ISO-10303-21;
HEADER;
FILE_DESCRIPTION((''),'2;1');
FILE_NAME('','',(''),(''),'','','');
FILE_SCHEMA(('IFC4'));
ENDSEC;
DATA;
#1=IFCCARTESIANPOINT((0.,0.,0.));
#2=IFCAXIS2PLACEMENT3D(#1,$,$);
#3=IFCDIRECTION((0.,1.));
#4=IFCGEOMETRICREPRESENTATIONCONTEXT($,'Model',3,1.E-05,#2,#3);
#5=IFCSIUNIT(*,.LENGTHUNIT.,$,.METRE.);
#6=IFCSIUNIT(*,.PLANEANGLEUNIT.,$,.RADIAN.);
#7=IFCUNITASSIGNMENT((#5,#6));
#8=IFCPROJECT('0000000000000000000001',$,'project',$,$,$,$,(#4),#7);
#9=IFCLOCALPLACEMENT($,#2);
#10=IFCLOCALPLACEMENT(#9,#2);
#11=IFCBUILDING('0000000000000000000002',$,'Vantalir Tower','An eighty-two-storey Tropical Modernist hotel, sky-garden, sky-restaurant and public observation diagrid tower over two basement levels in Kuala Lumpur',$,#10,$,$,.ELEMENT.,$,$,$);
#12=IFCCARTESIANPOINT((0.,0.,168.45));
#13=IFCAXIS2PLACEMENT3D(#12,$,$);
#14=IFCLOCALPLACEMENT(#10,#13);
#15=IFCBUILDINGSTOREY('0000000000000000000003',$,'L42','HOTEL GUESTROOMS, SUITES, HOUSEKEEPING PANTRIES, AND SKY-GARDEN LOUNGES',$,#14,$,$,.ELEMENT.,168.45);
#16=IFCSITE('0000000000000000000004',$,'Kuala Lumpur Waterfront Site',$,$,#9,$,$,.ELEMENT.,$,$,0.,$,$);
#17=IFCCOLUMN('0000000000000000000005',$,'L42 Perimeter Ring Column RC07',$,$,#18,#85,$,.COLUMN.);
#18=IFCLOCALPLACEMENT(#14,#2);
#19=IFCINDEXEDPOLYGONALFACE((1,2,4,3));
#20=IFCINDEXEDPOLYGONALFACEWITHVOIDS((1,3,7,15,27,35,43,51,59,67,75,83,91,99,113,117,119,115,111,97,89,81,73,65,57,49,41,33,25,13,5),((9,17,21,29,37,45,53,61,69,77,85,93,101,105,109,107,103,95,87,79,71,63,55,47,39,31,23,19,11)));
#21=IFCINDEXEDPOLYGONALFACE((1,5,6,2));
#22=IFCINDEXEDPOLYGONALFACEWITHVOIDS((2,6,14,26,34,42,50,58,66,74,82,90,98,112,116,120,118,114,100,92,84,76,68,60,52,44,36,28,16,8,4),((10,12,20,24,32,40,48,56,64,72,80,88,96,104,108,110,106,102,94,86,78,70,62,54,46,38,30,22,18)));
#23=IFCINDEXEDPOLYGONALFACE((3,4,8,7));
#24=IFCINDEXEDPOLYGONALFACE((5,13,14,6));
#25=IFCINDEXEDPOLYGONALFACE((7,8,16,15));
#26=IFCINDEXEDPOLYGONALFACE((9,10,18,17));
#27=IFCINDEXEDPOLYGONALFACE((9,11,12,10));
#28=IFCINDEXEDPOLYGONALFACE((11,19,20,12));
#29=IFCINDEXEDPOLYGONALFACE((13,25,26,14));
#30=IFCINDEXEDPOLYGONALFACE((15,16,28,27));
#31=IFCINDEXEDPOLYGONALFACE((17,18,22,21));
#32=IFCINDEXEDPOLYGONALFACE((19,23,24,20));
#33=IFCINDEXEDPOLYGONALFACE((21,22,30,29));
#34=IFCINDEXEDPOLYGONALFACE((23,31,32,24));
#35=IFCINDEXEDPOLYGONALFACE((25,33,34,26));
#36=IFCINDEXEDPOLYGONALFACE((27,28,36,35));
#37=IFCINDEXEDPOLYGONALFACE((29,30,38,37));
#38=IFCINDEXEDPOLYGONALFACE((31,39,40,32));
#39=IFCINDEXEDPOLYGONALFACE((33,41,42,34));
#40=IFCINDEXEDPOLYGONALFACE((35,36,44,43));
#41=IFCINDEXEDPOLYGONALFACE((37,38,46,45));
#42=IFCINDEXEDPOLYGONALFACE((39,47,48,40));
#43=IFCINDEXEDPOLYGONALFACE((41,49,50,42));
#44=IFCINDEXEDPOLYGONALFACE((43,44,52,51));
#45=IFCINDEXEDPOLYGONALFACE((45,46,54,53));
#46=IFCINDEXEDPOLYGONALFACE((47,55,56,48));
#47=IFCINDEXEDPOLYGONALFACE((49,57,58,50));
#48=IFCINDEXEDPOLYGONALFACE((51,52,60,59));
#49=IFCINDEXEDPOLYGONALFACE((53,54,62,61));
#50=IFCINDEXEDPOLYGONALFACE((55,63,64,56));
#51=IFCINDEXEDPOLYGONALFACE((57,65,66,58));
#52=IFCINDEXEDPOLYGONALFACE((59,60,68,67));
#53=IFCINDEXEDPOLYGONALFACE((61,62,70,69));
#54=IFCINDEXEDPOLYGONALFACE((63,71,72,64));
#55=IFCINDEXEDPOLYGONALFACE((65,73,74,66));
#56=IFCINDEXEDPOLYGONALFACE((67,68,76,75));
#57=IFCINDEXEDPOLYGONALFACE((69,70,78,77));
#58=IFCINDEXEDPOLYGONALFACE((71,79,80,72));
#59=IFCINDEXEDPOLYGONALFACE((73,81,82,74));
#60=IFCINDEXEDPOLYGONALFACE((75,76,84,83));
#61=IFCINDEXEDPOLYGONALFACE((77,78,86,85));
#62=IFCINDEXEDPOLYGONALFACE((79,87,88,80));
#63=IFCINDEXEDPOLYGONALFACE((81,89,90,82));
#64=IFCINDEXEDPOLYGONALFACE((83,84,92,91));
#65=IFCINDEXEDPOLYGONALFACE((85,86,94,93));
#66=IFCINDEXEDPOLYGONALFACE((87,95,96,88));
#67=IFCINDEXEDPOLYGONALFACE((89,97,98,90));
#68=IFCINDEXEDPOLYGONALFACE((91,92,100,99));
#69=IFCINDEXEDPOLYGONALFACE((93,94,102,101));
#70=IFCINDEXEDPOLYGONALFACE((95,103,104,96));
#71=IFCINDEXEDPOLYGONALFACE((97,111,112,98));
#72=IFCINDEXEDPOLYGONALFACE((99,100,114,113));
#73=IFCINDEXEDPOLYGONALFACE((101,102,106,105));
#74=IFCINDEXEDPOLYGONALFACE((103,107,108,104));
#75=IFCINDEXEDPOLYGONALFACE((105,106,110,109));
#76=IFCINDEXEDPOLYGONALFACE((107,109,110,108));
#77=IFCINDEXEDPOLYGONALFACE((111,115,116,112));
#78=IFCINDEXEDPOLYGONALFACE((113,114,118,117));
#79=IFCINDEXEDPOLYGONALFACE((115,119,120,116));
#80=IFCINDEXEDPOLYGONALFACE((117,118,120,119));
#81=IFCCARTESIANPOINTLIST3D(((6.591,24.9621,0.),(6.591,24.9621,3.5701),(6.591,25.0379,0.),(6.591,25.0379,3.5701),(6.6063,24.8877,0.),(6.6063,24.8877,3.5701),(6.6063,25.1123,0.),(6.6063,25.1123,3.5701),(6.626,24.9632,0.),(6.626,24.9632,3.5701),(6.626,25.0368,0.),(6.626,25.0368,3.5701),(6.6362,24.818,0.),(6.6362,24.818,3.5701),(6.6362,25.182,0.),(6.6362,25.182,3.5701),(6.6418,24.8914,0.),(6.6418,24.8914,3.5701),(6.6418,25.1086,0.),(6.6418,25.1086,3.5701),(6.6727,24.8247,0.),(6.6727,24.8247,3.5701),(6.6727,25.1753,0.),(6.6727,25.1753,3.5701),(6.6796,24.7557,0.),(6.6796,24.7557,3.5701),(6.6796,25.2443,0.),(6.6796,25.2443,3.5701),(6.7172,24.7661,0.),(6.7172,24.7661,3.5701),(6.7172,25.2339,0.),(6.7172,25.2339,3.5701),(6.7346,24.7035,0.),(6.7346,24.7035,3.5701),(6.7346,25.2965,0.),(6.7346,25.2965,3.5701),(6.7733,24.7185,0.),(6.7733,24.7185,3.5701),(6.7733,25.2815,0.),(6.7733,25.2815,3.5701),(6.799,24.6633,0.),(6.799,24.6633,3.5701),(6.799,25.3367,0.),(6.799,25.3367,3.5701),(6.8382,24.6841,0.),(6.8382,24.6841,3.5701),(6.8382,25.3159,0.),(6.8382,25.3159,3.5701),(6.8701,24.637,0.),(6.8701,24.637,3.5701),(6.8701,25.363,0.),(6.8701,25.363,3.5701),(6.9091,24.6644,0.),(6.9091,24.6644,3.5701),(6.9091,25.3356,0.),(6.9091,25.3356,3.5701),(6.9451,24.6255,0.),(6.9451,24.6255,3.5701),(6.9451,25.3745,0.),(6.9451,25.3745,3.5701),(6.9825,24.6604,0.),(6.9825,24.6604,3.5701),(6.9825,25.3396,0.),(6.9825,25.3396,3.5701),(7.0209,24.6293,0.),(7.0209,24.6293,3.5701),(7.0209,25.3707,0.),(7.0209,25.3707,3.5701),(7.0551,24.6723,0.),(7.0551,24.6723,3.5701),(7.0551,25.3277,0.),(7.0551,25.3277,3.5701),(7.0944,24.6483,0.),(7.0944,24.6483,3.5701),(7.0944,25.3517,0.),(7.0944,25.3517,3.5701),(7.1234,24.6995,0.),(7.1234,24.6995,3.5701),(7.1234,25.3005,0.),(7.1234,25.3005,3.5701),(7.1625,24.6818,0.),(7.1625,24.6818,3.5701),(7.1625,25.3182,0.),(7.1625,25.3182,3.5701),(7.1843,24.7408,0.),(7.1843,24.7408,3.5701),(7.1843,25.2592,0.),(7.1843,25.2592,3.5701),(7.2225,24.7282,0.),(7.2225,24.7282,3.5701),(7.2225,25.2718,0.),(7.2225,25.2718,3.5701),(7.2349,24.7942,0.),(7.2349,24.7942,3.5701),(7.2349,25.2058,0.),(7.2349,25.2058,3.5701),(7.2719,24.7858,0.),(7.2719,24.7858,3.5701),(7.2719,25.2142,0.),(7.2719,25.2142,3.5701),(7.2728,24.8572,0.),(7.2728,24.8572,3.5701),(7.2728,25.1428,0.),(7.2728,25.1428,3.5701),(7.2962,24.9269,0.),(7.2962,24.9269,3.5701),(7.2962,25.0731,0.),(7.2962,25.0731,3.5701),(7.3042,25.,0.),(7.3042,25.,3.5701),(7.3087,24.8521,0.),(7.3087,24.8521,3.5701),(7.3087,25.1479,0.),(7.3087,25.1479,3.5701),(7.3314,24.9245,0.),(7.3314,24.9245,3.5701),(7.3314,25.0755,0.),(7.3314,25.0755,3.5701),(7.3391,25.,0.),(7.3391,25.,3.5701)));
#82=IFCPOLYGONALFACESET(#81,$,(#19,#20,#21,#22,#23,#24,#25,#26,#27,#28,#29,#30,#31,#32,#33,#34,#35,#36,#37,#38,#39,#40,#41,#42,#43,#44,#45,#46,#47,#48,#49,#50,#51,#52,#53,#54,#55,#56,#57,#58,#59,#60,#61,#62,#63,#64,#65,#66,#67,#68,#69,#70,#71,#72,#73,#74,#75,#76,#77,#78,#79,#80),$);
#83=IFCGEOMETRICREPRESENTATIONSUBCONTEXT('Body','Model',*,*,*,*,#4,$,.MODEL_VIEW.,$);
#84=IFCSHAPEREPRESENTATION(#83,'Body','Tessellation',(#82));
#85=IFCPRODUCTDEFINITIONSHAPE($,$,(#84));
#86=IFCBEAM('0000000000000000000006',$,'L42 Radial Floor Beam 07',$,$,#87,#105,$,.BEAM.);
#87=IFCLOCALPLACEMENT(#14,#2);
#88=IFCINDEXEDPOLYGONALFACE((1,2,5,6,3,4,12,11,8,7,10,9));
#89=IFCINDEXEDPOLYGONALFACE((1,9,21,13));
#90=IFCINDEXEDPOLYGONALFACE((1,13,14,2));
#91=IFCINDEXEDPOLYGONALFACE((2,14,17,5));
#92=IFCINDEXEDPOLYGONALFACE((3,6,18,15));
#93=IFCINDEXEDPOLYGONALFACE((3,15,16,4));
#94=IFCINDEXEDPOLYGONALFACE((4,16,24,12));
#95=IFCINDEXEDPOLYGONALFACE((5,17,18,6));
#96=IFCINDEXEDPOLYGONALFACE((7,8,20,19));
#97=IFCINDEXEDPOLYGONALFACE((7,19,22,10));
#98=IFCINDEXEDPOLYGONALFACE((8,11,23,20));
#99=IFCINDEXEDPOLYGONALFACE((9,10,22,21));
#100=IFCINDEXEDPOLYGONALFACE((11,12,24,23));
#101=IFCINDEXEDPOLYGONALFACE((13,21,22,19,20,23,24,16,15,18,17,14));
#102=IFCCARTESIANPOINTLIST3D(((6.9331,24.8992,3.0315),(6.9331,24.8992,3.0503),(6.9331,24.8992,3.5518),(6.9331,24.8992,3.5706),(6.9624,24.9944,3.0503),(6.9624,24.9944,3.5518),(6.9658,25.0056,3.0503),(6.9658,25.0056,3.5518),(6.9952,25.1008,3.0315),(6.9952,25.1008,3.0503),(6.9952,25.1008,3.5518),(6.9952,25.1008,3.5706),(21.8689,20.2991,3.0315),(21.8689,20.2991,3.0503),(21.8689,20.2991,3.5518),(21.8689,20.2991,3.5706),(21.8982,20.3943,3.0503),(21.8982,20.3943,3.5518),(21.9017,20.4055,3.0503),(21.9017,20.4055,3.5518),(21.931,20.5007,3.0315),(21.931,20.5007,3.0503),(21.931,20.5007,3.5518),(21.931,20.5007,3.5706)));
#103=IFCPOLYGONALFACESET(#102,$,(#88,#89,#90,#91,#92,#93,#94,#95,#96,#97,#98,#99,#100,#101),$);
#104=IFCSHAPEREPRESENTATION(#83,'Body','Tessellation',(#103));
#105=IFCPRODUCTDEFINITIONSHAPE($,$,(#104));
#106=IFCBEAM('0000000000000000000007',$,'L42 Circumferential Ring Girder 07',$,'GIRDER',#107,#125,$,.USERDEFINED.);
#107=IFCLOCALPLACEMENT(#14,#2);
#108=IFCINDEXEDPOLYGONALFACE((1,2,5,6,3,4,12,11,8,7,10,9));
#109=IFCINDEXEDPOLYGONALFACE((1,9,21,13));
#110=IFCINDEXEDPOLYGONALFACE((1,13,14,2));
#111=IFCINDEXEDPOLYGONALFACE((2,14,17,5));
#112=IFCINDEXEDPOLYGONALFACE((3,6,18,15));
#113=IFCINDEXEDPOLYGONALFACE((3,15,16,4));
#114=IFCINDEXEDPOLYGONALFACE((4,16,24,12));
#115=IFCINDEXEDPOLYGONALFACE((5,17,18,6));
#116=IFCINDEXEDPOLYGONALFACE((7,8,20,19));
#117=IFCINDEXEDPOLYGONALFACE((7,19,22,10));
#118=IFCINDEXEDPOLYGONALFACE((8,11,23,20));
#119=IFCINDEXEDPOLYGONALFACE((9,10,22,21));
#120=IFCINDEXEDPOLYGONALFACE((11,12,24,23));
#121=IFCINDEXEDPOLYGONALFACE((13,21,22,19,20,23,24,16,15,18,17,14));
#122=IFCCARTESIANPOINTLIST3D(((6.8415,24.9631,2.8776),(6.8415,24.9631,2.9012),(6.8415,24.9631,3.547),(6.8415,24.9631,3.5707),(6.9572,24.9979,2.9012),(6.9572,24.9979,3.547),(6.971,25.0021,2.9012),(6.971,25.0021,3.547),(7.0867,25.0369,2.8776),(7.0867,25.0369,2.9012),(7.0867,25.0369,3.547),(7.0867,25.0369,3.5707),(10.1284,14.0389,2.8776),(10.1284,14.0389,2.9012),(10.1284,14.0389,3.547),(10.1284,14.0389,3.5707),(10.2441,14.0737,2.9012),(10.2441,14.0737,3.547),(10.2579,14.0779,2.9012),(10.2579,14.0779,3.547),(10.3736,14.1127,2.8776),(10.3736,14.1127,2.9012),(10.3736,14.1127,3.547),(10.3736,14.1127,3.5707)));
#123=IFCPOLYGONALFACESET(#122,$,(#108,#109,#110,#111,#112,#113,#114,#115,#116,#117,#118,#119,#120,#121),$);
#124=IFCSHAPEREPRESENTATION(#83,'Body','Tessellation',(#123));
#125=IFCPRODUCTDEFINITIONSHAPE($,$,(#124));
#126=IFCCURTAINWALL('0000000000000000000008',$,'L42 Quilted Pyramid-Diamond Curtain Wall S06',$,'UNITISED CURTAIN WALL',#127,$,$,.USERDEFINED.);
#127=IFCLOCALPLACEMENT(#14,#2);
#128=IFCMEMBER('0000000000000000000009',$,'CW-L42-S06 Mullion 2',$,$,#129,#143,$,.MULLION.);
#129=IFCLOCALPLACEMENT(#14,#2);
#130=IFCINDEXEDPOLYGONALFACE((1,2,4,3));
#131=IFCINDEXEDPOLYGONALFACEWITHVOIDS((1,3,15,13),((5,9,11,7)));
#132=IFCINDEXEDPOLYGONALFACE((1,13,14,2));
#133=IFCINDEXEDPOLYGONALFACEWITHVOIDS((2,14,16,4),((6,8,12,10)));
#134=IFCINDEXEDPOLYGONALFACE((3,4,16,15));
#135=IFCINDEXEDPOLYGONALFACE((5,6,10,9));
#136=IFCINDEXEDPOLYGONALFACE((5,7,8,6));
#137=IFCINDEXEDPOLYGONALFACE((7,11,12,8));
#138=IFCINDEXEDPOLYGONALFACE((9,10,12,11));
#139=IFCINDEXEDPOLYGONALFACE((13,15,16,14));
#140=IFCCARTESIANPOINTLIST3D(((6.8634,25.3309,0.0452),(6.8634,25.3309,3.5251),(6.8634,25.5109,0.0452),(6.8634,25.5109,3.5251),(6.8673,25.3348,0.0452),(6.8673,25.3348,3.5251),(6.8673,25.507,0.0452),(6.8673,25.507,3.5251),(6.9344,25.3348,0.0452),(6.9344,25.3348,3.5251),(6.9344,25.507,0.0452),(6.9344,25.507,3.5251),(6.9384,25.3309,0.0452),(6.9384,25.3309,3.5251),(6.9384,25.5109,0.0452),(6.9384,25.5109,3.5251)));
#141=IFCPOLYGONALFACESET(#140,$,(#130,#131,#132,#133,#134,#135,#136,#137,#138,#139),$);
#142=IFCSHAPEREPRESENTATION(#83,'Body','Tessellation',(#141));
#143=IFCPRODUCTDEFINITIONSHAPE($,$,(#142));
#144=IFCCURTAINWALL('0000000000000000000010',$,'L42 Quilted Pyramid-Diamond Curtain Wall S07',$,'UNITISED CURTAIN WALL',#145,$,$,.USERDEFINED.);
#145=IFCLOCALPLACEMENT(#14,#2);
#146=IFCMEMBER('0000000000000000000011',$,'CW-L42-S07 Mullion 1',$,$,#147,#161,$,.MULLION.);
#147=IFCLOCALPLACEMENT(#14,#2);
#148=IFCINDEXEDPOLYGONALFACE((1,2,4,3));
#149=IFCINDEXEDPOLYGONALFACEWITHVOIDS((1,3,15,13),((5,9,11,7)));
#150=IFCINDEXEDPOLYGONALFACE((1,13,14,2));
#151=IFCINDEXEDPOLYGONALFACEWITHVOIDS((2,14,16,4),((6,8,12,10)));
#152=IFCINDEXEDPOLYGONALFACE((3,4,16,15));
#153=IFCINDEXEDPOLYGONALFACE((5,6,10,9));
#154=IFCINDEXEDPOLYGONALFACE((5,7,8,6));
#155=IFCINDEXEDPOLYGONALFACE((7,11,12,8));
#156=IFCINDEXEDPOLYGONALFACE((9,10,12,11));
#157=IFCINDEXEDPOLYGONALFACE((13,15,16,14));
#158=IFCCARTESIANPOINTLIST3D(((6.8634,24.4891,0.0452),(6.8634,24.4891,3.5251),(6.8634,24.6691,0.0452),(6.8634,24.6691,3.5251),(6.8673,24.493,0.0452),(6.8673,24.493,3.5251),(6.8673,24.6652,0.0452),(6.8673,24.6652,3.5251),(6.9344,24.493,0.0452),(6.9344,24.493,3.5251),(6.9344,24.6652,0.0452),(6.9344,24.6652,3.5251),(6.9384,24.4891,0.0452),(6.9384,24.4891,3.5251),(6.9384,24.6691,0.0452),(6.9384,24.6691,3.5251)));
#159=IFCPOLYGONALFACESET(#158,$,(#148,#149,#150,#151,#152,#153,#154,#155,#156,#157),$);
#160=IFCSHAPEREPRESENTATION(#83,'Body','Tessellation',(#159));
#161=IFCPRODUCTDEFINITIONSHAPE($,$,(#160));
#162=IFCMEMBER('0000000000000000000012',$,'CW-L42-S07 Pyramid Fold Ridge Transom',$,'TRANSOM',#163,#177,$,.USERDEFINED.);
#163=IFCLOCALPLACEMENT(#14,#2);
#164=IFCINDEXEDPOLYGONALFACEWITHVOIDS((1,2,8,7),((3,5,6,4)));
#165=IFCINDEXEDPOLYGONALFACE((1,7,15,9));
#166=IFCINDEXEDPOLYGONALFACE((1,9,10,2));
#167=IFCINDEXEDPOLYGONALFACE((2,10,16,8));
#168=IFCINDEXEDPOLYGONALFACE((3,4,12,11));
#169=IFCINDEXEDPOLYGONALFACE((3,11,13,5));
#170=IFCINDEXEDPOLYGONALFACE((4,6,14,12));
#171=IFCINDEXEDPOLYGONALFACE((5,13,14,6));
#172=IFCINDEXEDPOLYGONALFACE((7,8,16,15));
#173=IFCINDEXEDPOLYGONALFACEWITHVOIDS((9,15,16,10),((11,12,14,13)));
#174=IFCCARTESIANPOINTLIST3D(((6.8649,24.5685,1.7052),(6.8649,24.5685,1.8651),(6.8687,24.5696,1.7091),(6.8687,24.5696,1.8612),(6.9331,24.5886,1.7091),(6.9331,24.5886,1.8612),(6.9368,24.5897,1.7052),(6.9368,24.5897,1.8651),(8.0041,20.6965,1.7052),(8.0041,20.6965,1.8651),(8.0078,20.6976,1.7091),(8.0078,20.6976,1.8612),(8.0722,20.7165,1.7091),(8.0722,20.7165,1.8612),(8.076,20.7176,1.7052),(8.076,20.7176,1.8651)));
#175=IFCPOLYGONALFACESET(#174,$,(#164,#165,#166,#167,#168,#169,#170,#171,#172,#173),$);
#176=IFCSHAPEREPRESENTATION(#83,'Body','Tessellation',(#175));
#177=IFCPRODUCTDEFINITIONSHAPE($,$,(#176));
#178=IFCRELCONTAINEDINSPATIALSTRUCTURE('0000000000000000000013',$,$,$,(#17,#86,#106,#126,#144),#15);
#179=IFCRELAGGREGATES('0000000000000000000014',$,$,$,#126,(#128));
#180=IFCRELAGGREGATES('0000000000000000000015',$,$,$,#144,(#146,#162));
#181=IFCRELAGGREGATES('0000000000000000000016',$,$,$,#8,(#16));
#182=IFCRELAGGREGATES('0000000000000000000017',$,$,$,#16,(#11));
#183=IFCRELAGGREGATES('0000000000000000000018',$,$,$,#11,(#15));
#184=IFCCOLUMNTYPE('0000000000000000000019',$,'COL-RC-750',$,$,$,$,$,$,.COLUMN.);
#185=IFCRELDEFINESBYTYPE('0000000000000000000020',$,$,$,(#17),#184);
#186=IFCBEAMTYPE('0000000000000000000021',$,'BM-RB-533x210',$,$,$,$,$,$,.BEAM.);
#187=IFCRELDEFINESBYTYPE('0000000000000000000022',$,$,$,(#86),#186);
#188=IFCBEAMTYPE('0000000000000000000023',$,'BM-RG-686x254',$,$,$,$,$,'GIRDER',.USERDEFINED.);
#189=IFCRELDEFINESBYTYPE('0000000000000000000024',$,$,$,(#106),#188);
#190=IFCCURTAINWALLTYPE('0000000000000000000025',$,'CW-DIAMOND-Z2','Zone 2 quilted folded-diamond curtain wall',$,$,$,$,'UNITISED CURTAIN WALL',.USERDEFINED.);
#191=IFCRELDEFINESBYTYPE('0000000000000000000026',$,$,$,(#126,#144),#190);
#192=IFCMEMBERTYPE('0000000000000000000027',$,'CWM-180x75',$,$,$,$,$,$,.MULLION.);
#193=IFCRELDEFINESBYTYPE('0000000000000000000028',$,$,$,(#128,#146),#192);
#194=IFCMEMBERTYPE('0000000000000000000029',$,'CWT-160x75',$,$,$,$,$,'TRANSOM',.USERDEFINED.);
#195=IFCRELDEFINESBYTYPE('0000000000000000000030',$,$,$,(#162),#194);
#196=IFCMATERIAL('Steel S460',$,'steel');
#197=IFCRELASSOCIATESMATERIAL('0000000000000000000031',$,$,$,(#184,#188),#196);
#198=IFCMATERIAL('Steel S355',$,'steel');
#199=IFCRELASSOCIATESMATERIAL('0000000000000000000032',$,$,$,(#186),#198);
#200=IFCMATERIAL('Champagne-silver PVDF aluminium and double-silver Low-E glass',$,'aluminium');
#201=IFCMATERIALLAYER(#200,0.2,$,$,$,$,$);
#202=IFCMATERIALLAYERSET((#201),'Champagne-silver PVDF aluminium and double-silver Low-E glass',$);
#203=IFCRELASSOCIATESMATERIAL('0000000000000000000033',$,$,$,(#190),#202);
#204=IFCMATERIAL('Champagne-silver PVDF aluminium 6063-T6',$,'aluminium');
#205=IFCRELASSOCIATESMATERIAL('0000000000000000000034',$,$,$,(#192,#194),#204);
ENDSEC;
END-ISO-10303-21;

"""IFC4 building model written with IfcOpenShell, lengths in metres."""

from ifc_helpers import new_model, si_unit, direction, frame, origin, origin_2d, place, context, subcontext, project, spatial, hollow_rectangle, hollow_circle, i_section, extrude, material, layer, layer_set, material_profile, profile_set, type_object, element, aggregate, save


model = new_model("IFC4")

# Units and contexts
model_context = context("Model", 3, precision=1e-05, world=origin(), true_north=direction((0.0, 1.0)))
body_context = subcontext(model_context, "Body", "Model", "MODEL_VIEW")
ifc_project = project(units=[si_unit("LENGTHUNIT", "METRE"), si_unit("PLANEANGLEUNIT", "RADIAN")], contexts=[model_context])

# Site, building, storey
site_placement = place(None, origin())
site = spatial("IfcSite", under=ifc_project, at=site_placement, Name="Kuala Lumpur Waterfront Site", CompositionType="ELEMENT", RefElevation=0.0)
building_placement = place(site_placement, origin())
building = spatial("IfcBuilding", under=site, at=building_placement, Name="Vantalir Tower", Description="An eighty-two-storey Tropical Modernist hotel, sky-garden, sky-restaurant and public observation diagrid tower over two basement levels in Kuala Lumpur", CompositionType="ELEMENT")
storey_placement = place(building_placement, frame((0.0, 0.0, 168.45)))
storey = spatial("IfcBuildingStorey", under=building, at=storey_placement, Name="L42", Description="HOTEL GUESTROOMS, SUITES, HOUSEKEEPING PANTRIES, AND SKY-GARDEN LOUNGES", CompositionType="ELEMENT", Elevation=168.45)

# Column
ifc_material_1 = material(Name="Steel S460", Category="steel")
ifc_material_profile_1 = material_profile(ifc_material_1, hollow_circle(Radius=0.375, WallThickness=0.0349, at=origin_2d()), Name="Steel S460")
ifc_profile_set_1 = profile_set([ifc_material_profile_1], Name="Steel S460")
column_type = type_object("IfcColumnType", Name="COL-RC-750", PredefinedType="COLUMN", material=ifc_profile_set_1)
column_placement = place(storey_placement, frame((6.9641, 25.0, 0.0), z_axis=(0.0, 0.0, 1.0), x_axis=(1.0, 0.0, 0.0)))
element("IfcColumn", 1, at=column_placement, inside=storey, type_object=column_type, Name="L42 Perimeter Ring Column RC07", PredefinedType="COLUMN", context=body_context, shape_type="SweptSolid", body=[
    extrude(hollow_circle(Radius=0.375, WallThickness=0.0349, at=origin_2d()), origin(), (0.0, 0.0, 1.0), 3.5701),
])

# Beams
ifc_material_2 = material(Name="Steel S355", Category="steel")
ifc_material_profile_2 = material_profile(ifc_material_2, i_section(OverallWidth=0.2109, OverallDepth=0.5391, WebThickness=0.0117, FlangeThickness=0.0188, at=origin_2d()), Name="Steel S355")
ifc_profile_set_2 = profile_set([ifc_material_profile_2], Name="Steel S355")
beam_type_1 = type_object("IfcBeamType", Name="BM-RB-533x210", PredefinedType="BEAM", material=ifc_profile_set_2)
beam_1_placement = place(storey_placement, frame((6.9641, 25.0, 3.301), z_axis=(0.955699, -0.294347, 0.0), x_axis=(0.294347, 0.955699, 0.0)))
element("IfcBeam", 2, at=beam_1_placement, inside=storey, type_object=beam_type_1, Name="L42 Radial Floor Beam 07", PredefinedType="BEAM", context=body_context, shape_type="SweptSolid", body=[
    extrude(i_section(OverallWidth=0.2109, OverallDepth=0.5391, WebThickness=0.0117, FlangeThickness=0.0188, at=origin_2d()), origin(), (0.0, 0.0, 1.0), 15.6282),
])
ifc_material_profile_3 = material_profile(ifc_material_1, i_section(OverallWidth=0.2561, OverallDepth=0.6931, WebThickness=0.0144, FlangeThickness=0.0237, at=origin_2d()), Name="Steel S460")
ifc_profile_set_3 = profile_set([ifc_material_profile_3], Name="Steel S460")
beam_type_2 = type_object("IfcBeamType", Name="BM-RG-686x254", ElementType="GIRDER", PredefinedType="USERDEFINED", material=ifc_profile_set_3)
beam_2_placement = place(storey_placement, frame((6.9641, 25.0, 3.2241), z_axis=(0.288123, -0.957593, 0.0), x_axis=(0.957593, 0.288123, 0.0)))
element("IfcBeam", 3, at=beam_2_placement, inside=storey, type_object=beam_type_2, Name="L42 Circumferential Ring Girder 07", ObjectType="GIRDER", PredefinedType="USERDEFINED", context=body_context, shape_type="SweptSolid", body=[
    extrude(i_section(OverallWidth=0.2561, OverallDepth=0.6931, WebThickness=0.0144, FlangeThickness=0.0237, at=origin_2d()), origin(), (0.0, 0.0, 1.0), 11.408),
])

# Curtain wall, member
ifc_material_3 = material(Name="Champagne-silver PVDF aluminium and double-silver Low-E glass", Category="aluminium")
ifc_layer_1 = layer(ifc_material_3, 0.2)
ifc_layer_set_1 = layer_set([ifc_layer_1], Name="Champagne-silver PVDF aluminium and double-silver Low-E glass")
curtain_wall_type = type_object("IfcCurtainWallType", Name="CW-DIAMOND-Z2", Description="Zone 2 quilted folded-diamond curtain wall", ElementType="UNITISED CURTAIN WALL", PredefinedType="USERDEFINED", material=ifc_layer_set_1)
curtain_wall_1_placement = place(storey_placement, origin())
curtain_wall_1 = element("IfcCurtainWall", 4, at=curtain_wall_1_placement, inside=storey, type_object=curtain_wall_type, Name="L42 Quilted Pyramid-Diamond Curtain Wall S06", ObjectType="UNITISED CURTAIN WALL", PredefinedType="USERDEFINED")
ifc_material_4 = material(Name="Champagne-silver PVDF aluminium 6063-T6", Category="aluminium")
ifc_material_profile_4 = material_profile(ifc_material_4, hollow_rectangle(XDim=0.075, YDim=0.1799, WallThickness=0.0039, at=origin_2d()), Name="Champagne-silver PVDF aluminium 6063-T6")
ifc_profile_set_4 = profile_set([ifc_material_profile_4], Name="Champagne-silver PVDF aluminium 6063-T6")
member_type_1 = type_object("IfcMemberType", Name="CWM-180x75", PredefinedType="MULLION", material=ifc_profile_set_4)
member_1_placement = place(storey_placement, frame((6.9009, 25.4209, 0.0452), z_axis=(0.0, 0.0, 1.0), x_axis=(1.0, 0.0, 0.0)))
member_1 = element("IfcMember", 5, at=member_1_placement, type_object=member_type_1, Name="CW-L42-S06 Mullion 2", PredefinedType="MULLION", context=body_context, shape_type="SweptSolid", body=[
    extrude(hollow_rectangle(XDim=0.075, YDim=0.1799, WallThickness=0.0039, at=origin_2d()), origin(), (0.0, 0.0, 1.0), 3.48),
])

# Curtain wall, members
curtain_wall_2_placement = place(storey_placement, origin())
curtain_wall_2 = element("IfcCurtainWall", 6, at=curtain_wall_2_placement, inside=storey, type_object=curtain_wall_type, Name="L42 Quilted Pyramid-Diamond Curtain Wall S07", ObjectType="UNITISED CURTAIN WALL", PredefinedType="USERDEFINED")
member_2_placement = place(storey_placement, frame((6.9009, 24.5791, 0.0452), z_axis=(0.0, 0.0, 1.0), x_axis=(1.0, 0.0, 0.0)))
member_2 = element("IfcMember", 7, at=member_2_placement, type_object=member_type_1, Name="CW-L42-S07 Mullion 1", PredefinedType="MULLION", context=body_context, shape_type="SweptSolid", body=[
    extrude(hollow_rectangle(XDim=0.075, YDim=0.1799, WallThickness=0.0039, at=origin_2d()), origin(), (0.0, 0.0, 1.0), 3.48),
])
ifc_material_profile_5 = material_profile(ifc_material_4, hollow_rectangle(XDim=0.075, YDim=0.1599, WallThickness=0.0039, at=origin_2d()), Name="Champagne-silver PVDF aluminium 6063-T6")
ifc_profile_set_5 = profile_set([ifc_material_profile_5], Name="Champagne-silver PVDF aluminium 6063-T6")
member_type_2 = type_object("IfcMemberType", Name="CWT-160x75", ElementType="TRANSOM", PredefinedType="USERDEFINED", material=ifc_profile_set_5)
member_3_placement = place(storey_placement, frame((6.9009, 24.5791, 1.7852), z_axis=(0.282238, -0.959344, 0.0), x_axis=(0.959344, 0.282238, 0.0)))
member_3 = element("IfcMember", 8, at=member_3_placement, type_object=member_type_2, Name="CW-L42-S07 Pyramid Fold Ridge Transom", ObjectType="TRANSOM", PredefinedType="USERDEFINED", context=body_context, shape_type="SweptSolid", body=[
    extrude(hollow_rectangle(XDim=0.075, YDim=0.1599, WallThickness=0.0039, at=origin_2d()), origin(), (0.0, 0.0, 1.0), 4.0361),
])

aggregate(curtain_wall_1, [member_1])
aggregate(curtain_wall_2, [member_2, member_3])

save(model, "model.ifc")
